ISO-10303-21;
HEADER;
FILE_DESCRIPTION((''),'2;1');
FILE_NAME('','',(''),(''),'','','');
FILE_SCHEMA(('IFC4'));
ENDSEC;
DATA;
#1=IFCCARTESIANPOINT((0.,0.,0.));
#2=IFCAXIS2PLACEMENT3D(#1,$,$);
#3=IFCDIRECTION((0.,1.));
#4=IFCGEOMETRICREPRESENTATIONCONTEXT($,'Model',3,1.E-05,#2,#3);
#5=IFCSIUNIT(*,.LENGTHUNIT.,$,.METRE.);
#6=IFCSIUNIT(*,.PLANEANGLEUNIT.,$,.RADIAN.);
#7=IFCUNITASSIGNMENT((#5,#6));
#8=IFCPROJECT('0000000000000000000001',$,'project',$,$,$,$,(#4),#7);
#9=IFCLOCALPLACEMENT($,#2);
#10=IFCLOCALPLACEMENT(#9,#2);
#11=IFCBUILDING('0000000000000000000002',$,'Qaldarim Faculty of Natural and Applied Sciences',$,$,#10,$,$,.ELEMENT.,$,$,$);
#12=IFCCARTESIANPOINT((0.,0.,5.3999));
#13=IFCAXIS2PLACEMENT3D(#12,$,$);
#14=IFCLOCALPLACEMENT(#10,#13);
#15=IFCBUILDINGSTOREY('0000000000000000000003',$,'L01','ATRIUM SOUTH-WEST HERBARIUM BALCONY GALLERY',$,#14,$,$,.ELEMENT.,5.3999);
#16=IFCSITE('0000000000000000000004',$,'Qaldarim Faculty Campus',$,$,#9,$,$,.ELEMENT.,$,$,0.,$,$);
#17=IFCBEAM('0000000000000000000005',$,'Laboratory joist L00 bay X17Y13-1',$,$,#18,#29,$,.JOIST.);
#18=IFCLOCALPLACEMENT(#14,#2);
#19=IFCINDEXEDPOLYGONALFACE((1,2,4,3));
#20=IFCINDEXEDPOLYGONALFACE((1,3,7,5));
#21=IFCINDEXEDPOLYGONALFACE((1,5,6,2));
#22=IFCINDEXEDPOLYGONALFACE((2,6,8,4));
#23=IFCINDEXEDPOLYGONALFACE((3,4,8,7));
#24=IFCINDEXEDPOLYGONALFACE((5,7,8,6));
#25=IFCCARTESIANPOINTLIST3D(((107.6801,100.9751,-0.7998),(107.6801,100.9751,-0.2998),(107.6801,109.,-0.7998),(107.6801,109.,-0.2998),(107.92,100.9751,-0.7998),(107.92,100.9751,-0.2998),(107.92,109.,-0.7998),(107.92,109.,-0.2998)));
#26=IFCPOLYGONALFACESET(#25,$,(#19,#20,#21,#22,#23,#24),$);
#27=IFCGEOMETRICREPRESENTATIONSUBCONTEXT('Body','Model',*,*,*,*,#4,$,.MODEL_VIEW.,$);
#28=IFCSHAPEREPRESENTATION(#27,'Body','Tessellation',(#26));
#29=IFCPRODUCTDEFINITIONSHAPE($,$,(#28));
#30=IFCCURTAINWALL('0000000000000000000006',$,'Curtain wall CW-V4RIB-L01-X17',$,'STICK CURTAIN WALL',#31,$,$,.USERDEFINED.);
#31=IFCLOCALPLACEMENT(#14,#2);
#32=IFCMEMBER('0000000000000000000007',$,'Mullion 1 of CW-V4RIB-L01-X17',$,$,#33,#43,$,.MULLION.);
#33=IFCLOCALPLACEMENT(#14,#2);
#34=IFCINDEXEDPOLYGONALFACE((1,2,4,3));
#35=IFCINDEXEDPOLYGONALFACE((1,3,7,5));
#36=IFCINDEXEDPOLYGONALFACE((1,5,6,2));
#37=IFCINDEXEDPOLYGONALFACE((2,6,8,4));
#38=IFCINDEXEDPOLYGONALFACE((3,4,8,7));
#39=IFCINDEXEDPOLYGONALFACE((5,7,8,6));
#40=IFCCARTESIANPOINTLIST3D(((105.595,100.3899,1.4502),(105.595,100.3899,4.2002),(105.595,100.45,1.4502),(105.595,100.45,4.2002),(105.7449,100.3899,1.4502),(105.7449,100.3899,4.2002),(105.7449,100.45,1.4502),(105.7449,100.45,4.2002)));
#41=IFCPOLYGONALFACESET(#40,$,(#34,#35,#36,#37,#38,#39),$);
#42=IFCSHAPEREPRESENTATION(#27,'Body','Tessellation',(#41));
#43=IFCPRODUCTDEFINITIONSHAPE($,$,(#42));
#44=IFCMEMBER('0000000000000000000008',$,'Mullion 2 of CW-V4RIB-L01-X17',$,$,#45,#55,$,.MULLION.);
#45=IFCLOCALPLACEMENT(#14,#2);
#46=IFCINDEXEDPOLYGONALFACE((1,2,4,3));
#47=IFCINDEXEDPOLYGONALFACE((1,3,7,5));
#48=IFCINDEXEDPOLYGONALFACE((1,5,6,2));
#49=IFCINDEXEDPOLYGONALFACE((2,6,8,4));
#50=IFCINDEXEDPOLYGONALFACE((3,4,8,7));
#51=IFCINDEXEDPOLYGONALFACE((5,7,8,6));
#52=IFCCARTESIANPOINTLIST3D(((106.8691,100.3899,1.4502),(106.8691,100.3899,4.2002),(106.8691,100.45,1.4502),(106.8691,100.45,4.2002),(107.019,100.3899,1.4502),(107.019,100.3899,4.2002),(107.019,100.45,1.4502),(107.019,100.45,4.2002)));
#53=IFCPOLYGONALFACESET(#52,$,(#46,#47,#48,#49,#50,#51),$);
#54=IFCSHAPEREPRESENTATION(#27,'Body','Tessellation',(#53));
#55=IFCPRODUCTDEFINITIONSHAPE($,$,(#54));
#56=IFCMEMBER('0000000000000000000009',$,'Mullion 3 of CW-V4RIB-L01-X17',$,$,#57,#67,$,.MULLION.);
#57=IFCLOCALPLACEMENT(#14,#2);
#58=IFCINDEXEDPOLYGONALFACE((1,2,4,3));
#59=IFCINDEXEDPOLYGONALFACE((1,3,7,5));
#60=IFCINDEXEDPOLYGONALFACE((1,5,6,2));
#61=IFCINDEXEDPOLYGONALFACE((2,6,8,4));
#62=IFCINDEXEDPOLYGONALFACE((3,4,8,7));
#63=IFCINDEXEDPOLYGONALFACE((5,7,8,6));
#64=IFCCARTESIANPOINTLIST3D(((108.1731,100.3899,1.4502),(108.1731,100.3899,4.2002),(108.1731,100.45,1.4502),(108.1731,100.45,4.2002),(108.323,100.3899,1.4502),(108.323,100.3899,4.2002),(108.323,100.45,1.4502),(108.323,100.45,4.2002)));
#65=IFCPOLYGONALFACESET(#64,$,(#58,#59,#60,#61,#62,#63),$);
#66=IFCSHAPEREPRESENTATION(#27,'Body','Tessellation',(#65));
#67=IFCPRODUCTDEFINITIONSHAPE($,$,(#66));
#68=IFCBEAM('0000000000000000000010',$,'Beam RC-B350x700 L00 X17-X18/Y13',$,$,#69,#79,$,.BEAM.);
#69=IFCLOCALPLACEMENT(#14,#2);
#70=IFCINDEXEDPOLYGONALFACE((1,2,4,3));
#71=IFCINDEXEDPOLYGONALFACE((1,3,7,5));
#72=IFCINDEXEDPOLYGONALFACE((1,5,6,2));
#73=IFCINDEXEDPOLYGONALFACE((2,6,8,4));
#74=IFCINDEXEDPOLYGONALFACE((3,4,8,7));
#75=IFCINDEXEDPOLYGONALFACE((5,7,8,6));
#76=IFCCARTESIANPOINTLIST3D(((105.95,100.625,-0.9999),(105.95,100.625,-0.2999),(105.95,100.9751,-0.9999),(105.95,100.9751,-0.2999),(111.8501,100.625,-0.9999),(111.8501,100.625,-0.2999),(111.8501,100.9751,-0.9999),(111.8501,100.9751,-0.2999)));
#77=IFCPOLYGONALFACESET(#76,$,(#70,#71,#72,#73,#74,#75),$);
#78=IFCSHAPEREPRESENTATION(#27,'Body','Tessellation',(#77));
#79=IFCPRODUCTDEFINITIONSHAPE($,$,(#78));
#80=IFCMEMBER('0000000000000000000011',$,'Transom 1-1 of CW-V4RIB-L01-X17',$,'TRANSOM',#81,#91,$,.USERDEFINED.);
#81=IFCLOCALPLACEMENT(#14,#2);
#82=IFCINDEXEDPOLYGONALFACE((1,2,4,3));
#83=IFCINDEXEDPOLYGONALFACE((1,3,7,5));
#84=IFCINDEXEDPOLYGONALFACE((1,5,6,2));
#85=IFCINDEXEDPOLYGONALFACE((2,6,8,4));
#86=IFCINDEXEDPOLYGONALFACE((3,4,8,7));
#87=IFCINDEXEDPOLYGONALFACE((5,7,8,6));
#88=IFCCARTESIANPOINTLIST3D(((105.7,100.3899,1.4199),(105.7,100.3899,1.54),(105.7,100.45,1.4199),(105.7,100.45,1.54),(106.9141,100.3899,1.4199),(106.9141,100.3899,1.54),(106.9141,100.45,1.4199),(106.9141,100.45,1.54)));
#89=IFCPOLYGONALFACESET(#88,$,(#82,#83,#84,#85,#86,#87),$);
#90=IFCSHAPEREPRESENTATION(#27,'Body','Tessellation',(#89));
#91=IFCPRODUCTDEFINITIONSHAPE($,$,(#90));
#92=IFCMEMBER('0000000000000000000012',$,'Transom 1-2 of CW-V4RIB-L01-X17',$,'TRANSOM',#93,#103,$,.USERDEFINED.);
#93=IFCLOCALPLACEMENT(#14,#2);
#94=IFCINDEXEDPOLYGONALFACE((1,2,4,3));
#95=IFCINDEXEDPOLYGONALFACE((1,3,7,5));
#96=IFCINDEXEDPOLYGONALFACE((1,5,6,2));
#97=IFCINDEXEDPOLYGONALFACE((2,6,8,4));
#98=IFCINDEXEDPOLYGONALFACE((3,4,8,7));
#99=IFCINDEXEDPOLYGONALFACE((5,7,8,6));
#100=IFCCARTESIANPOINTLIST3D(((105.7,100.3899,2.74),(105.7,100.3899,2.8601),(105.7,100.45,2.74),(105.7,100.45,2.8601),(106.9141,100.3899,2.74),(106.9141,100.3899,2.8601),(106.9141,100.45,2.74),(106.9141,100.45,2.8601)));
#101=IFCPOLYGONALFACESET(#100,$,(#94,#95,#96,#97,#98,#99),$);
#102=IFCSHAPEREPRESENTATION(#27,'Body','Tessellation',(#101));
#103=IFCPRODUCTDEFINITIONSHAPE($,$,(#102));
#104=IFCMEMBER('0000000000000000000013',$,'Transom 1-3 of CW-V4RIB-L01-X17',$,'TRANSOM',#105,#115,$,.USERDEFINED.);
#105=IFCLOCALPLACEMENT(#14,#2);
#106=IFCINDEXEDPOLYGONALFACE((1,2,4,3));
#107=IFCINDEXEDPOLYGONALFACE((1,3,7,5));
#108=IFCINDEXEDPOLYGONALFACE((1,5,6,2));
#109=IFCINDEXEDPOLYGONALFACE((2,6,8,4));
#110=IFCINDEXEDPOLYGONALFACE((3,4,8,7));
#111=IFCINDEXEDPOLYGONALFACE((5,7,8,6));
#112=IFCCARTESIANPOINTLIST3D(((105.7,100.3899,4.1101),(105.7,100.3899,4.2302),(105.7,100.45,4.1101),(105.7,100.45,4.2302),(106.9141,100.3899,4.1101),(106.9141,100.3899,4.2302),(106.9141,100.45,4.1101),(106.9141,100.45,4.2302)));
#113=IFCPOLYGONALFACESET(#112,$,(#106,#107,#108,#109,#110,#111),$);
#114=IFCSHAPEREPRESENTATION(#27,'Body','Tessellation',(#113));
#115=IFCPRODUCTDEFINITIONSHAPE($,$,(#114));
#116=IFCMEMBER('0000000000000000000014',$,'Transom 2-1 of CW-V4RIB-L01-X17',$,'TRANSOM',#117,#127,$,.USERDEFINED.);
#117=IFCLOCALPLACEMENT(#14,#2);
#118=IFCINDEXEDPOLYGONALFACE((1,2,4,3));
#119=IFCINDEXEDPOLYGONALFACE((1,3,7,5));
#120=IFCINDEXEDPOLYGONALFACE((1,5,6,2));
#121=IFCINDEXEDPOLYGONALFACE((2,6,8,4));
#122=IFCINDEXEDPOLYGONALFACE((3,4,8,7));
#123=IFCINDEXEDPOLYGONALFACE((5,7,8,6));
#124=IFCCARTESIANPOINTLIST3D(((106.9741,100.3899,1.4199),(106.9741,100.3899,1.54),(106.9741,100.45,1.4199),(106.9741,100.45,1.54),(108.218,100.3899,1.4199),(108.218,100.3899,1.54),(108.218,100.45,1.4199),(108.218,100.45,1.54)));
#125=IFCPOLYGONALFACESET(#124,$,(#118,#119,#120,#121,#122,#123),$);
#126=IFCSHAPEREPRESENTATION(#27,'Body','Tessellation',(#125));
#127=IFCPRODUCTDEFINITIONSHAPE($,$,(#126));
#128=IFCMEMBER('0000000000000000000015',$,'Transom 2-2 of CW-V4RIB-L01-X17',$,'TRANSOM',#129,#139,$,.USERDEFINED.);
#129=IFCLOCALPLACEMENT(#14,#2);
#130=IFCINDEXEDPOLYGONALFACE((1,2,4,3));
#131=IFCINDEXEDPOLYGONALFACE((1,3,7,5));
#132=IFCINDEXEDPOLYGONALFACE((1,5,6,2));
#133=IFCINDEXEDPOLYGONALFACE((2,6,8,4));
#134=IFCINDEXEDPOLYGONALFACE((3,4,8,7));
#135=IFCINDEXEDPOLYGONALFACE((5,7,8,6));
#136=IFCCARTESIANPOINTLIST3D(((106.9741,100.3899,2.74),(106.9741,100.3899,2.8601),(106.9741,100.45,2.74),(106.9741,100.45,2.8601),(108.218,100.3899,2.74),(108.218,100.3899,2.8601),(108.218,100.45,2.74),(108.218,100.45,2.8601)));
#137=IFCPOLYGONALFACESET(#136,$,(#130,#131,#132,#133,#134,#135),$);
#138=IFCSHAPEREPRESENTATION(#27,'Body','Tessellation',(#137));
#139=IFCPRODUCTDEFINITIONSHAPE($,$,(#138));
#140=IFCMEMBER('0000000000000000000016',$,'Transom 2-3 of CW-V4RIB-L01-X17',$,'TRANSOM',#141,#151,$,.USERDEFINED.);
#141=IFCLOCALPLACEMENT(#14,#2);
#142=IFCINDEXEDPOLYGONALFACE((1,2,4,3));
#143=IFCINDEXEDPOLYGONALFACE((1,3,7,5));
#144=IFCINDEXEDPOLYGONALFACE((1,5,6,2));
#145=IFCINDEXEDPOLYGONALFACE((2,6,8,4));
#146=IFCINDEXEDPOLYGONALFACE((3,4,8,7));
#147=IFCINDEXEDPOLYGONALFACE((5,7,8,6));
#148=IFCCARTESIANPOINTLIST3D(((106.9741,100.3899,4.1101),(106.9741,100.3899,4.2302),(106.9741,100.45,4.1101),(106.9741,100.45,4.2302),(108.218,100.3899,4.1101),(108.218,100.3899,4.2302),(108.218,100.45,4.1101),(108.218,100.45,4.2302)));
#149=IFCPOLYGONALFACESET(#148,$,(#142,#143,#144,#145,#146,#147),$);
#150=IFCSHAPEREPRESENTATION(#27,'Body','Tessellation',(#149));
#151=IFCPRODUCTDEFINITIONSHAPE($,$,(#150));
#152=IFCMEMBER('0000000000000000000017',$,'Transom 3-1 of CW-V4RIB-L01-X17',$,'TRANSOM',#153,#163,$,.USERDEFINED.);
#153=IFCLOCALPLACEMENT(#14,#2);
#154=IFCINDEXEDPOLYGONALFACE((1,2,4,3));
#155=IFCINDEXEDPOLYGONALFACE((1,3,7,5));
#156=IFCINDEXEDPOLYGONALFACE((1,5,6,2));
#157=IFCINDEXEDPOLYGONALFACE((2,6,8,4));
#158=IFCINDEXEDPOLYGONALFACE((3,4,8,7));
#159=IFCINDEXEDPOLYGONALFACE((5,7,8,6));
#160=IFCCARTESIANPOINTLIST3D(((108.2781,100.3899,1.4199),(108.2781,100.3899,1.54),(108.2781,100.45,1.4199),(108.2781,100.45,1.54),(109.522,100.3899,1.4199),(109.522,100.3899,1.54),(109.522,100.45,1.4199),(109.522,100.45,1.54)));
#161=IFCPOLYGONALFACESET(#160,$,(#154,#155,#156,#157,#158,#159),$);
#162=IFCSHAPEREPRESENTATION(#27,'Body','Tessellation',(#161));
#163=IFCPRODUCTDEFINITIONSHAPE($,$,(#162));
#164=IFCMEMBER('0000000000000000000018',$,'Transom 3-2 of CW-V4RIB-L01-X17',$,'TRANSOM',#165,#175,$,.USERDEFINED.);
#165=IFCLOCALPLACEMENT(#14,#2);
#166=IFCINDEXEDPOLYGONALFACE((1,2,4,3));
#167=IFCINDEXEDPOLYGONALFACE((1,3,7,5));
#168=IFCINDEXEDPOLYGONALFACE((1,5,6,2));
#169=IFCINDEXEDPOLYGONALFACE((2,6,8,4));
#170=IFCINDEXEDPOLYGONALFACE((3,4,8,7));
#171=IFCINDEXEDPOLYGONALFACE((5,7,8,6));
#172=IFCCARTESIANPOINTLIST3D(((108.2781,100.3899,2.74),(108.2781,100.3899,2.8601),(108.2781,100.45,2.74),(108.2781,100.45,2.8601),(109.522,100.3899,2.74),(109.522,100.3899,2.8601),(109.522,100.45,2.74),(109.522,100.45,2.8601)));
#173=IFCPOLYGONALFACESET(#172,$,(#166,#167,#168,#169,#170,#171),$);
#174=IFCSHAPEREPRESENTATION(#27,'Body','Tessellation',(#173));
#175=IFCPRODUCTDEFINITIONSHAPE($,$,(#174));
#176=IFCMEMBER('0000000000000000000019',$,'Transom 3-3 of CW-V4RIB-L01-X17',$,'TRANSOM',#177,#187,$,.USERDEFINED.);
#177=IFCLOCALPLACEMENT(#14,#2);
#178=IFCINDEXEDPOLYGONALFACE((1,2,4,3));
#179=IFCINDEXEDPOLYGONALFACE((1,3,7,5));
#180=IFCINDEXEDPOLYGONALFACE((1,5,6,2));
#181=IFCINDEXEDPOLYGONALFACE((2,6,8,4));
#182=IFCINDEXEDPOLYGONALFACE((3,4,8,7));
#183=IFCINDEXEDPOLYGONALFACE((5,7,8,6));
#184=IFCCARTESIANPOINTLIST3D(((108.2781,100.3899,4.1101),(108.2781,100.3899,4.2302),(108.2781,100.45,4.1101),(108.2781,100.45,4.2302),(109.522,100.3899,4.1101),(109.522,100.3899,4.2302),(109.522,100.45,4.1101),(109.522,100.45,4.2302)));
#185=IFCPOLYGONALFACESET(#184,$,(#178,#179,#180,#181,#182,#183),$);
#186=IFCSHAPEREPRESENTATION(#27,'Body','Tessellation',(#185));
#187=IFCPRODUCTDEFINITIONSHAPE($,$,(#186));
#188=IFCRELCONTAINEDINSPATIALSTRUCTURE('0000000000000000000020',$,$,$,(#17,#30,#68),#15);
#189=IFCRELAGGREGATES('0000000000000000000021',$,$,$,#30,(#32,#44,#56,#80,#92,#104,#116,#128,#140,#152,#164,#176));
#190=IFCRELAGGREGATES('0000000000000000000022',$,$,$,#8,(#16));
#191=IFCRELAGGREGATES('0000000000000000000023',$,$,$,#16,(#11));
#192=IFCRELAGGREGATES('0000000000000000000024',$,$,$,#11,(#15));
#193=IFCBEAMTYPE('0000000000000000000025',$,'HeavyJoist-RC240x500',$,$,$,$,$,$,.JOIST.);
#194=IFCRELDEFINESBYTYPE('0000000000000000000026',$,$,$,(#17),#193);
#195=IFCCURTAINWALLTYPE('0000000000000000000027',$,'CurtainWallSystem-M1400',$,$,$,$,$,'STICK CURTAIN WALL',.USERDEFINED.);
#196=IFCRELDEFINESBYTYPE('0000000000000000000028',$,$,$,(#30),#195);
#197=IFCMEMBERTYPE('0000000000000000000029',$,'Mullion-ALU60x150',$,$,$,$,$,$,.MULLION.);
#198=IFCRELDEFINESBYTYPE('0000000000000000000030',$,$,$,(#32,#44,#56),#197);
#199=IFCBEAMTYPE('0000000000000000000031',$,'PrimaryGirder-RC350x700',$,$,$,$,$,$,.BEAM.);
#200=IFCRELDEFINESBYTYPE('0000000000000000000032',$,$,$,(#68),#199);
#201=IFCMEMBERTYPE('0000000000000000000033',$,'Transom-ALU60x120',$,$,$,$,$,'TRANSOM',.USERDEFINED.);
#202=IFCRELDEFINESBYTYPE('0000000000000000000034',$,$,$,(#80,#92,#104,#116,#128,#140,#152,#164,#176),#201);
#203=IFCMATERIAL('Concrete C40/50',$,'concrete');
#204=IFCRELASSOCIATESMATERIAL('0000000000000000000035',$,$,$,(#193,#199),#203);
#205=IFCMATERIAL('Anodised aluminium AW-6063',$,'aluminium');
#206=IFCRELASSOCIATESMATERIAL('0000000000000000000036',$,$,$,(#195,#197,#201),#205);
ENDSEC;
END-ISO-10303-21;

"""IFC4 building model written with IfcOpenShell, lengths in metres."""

from ifc_helpers import new_model, si_unit, direction, frame, origin, origin_2d, place, context, subcontext, project, spatial, rectangle, extrude, material, material_profile, profile_set, type_object, element, aggregate, save


model = new_model("IFC4")

# Units and contexts
model_context = context("Model", 3, precision=1e-05, world=origin(), true_north=direction((0.0, 1.0)))
body_context = subcontext(model_context, "Body", "Model", "MODEL_VIEW")
ifc_project = project(units=[si_unit("LENGTHUNIT", "METRE"), si_unit("PLANEANGLEUNIT", "RADIAN")], contexts=[model_context])

# Site, building, storey
site_placement = place(None, origin())
site = spatial("IfcSite", under=ifc_project, at=site_placement, Name="Qaldarim Faculty Campus", CompositionType="ELEMENT", RefElevation=0.0)
building_placement = place(site_placement, origin())
building = spatial("IfcBuilding", under=site, at=building_placement, Name="Qaldarim Faculty of Natural and Applied Sciences", CompositionType="ELEMENT")
storey_placement = place(building_placement, frame((0.0, 0.0, 5.3999)))
storey = spatial("IfcBuildingStorey", under=building, at=storey_placement, Name="L01", Description="ATRIUM SOUTH-WEST HERBARIUM BALCONY GALLERY", CompositionType="ELEMENT", Elevation=5.3999)

# Beam
ifc_material_1 = material(Name="Concrete C40/50", Category="concrete")
ifc_material_profile_1 = material_profile(ifc_material_1, rectangle(XDim=0.24, YDim=0.5, at=origin_2d()), Name="RC-J240x500")
ifc_profile_set_1 = profile_set([ifc_material_profile_1], Name="Concrete C40/50")
beam_type_1 = type_object("IfcBeamType", Name="HeavyJoist-RC240x500", PredefinedType="JOIST", material=ifc_profile_set_1)
beam_1_placement = place(storey_placement, frame((107.8, 100.9751, -0.5498), z_axis=(0.0, 1.0, 0.0), x_axis=(-1.0, 0.0, 0.0)))
element("IfcBeam", 1, at=beam_1_placement, inside=storey, type_object=beam_type_1, Name="Laboratory joist L00 bay X17Y13-1", PredefinedType="JOIST", context=body_context, shape_type="SweptSolid", body=[
    extrude(rectangle(XDim=0.24, YDim=0.5, at=origin_2d()), origin(), (0.0, 0.0, 1.0), 8.0249),
])

# Curtain wall, members
ifc_material_2 = material(Name="Anodised aluminium AW-6063", Category="aluminium")
curtain_wall_type = type_object("IfcCurtainWallType", Name="CurtainWallSystem-M1400", ElementType="STICK CURTAIN WALL", PredefinedType="USERDEFINED", material=ifc_material_2)
curtain_wall_placement = place(storey_placement, origin())
curtain_wall = element("IfcCurtainWall", 2, at=curtain_wall_placement, inside=storey, type_object=curtain_wall_type, Name="Curtain wall CW-V4RIB-L01-X17", ObjectType="STICK CURTAIN WALL", PredefinedType="USERDEFINED")
ifc_material_profile_2 = material_profile(ifc_material_2, rectangle(XDim=0.0601, YDim=0.1499, at=origin_2d()), Name="ALU-M60x150")
ifc_profile_set_2 = profile_set([ifc_material_profile_2], Name="Anodised aluminium AW-6063")
member_type_1 = type_object("IfcMemberType", Name="Mullion-ALU60x150", PredefinedType="MULLION", material=ifc_profile_set_2)
member_1_placement = place(storey_placement, frame((105.6699, 100.4199, 1.4502), z_axis=(0.0, 0.0, 1.0), x_axis=(0.0, 1.0, 0.0)))
member_1 = element("IfcMember", 3, at=member_1_placement, type_object=member_type_1, Name="Mullion 1 of CW-V4RIB-L01-X17", PredefinedType="MULLION", context=body_context, shape_type="SweptSolid", body=[
    extrude(rectangle(XDim=0.0601, YDim=0.1499, at=origin_2d()), origin(), (0.0, 0.0, 1.0), 2.75),
])
member_2_placement = place(storey_placement, frame((106.9441, 100.4199, 1.4502), z_axis=(0.0, 0.0, 1.0), x_axis=(0.0, 1.0, 0.0)))
member_2 = element("IfcMember", 4, at=member_2_placement, type_object=member_type_1, Name="Mullion 2 of CW-V4RIB-L01-X17", PredefinedType="MULLION", context=body_context, shape_type="SweptSolid", body=[
    extrude(rectangle(XDim=0.0601, YDim=0.1499, at=origin_2d()), origin(), (0.0, 0.0, 1.0), 2.75),
])
member_3_placement = place(storey_placement, frame((108.248, 100.4199, 1.4502), z_axis=(0.0, 0.0, 1.0), x_axis=(0.0, 1.0, 0.0)))
member_3 = element("IfcMember", 5, at=member_3_placement, type_object=member_type_1, Name="Mullion 3 of CW-V4RIB-L01-X17", PredefinedType="MULLION", context=body_context, shape_type="SweptSolid", body=[
    extrude(rectangle(XDim=0.0601, YDim=0.1499, at=origin_2d()), origin(), (0.0, 0.0, 1.0), 2.75),
])

# Beam
ifc_material_profile_3 = material_profile(ifc_material_1, rectangle(XDim=0.3501, YDim=0.7, at=origin_2d()), Name="RC-B350x700")
ifc_profile_set_3 = profile_set([ifc_material_profile_3], Name="Concrete C40/50")
beam_type_2 = type_object("IfcBeamType", Name="PrimaryGirder-RC350x700", PredefinedType="BEAM", material=ifc_profile_set_3)
beam_2_placement = place(storey_placement, frame((105.95, 100.8, -0.6499), z_axis=(1.0, 0.0, 0.0), x_axis=(0.0, 1.0, 0.0)))
element("IfcBeam", 6, at=beam_2_placement, inside=storey, type_object=beam_type_2, Name="Beam RC-B350x700 L00 X17-X18/Y13", PredefinedType="BEAM", context=body_context, shape_type="SweptSolid", body=[
    extrude(rectangle(XDim=0.3501, YDim=0.7, at=origin_2d()), origin(), (0.0, 0.0, 1.0), 5.9001),
])

# Members
ifc_material_profile_4 = material_profile(ifc_material_2, rectangle(XDim=0.0601, YDim=0.1201, at=origin_2d()), Name="ALU-T60x120")
ifc_profile_set_4 = profile_set([ifc_material_profile_4], Name="Anodised aluminium AW-6063")
member_type_2 = type_object("IfcMemberType", Name="Transom-ALU60x120", ElementType="TRANSOM", PredefinedType="USERDEFINED", material=ifc_profile_set_4)
member_4_placement = place(storey_placement, frame((105.7, 100.4199, 1.48), z_axis=(1.0, 0.0, 0.0), x_axis=(0.0, 1.0, 0.0)))
member_4 = element("IfcMember", 7, at=member_4_placement, type_object=member_type_2, Name="Transom 1-1 of CW-V4RIB-L01-X17", ObjectType="TRANSOM", PredefinedType="USERDEFINED", context=body_context, shape_type="SweptSolid", body=[
    extrude(rectangle(XDim=0.0601, YDim=0.1201, at=origin_2d()), origin(), (0.0, 0.0, 1.0), 1.2141),
])
member_5_placement = place(storey_placement, frame((105.7, 100.4199, 2.8), z_axis=(1.0, 0.0, 0.0), x_axis=(0.0, 1.0, 0.0)))
member_5 = element("IfcMember", 8, at=member_5_placement, type_object=member_type_2, Name="Transom 1-2 of CW-V4RIB-L01-X17", ObjectType="TRANSOM", PredefinedType="USERDEFINED", context=body_context, shape_type="SweptSolid", body=[
    extrude(rectangle(XDim=0.0601, YDim=0.1201, at=origin_2d()), origin(), (0.0, 0.0, 1.0), 1.2141),
])
member_6_placement = place(storey_placement, frame((105.7, 100.4199, 4.1702), z_axis=(1.0, 0.0, 0.0), x_axis=(0.0, 1.0, 0.0)))
member_6 = element("IfcMember", 9, at=member_6_placement, type_object=member_type_2, Name="Transom 1-3 of CW-V4RIB-L01-X17", ObjectType="TRANSOM", PredefinedType="USERDEFINED", context=body_context, shape_type="SweptSolid", body=[
    extrude(rectangle(XDim=0.0601, YDim=0.1201, at=origin_2d()), origin(), (0.0, 0.0, 1.0), 1.2141),
])
member_7_placement = place(storey_placement, frame((106.9741, 100.4199, 1.48), z_axis=(1.0, 0.0, 0.0), x_axis=(0.0, 1.0, 0.0)))
member_7 = element("IfcMember", 10, at=member_7_placement, type_object=member_type_2, Name="Transom 2-1 of CW-V4RIB-L01-X17", ObjectType="TRANSOM", PredefinedType="USERDEFINED", context=body_context, shape_type="SweptSolid", body=[
    extrude(rectangle(XDim=0.0601, YDim=0.1201, at=origin_2d()), origin(), (0.0, 0.0, 1.0), 1.2439),
])
member_8_placement = place(storey_placement, frame((106.9741, 100.4199, 2.8), z_axis=(1.0, 0.0, 0.0), x_axis=(0.0, 1.0, 0.0)))
member_8 = element("IfcMember", 11, at=member_8_placement, type_object=member_type_2, Name="Transom 2-2 of CW-V4RIB-L01-X17", ObjectType="TRANSOM", PredefinedType="USERDEFINED", context=body_context, shape_type="SweptSolid", body=[
    extrude(rectangle(XDim=0.0601, YDim=0.1201, at=origin_2d()), origin(), (0.0, 0.0, 1.0), 1.2439),
])
member_9_placement = place(storey_placement, frame((106.9741, 100.4199, 4.1702), z_axis=(1.0, 0.0, 0.0), x_axis=(0.0, 1.0, 0.0)))
member_9 = element("IfcMember", 12, at=member_9_placement, type_object=member_type_2, Name="Transom 2-3 of CW-V4RIB-L01-X17", ObjectType="TRANSOM", PredefinedType="USERDEFINED", context=body_context, shape_type="SweptSolid", body=[
    extrude(rectangle(XDim=0.0601, YDim=0.1201, at=origin_2d()), origin(), (0.0, 0.0, 1.0), 1.2439),
])
member_10_placement = place(storey_placement, frame((108.2781, 100.4199, 1.48), z_axis=(1.0, 0.0, 0.0), x_axis=(0.0, 1.0, 0.0)))
member_10 = element("IfcMember", 13, at=member_10_placement, type_object=member_type_2, Name="Transom 3-1 of CW-V4RIB-L01-X17", ObjectType="TRANSOM", PredefinedType="USERDEFINED", context=body_context, shape_type="SweptSolid", body=[
    extrude(rectangle(XDim=0.0601, YDim=0.1201, at=origin_2d()), origin(), (0.0, 0.0, 1.0), 1.2439),
])
member_11_placement = place(storey_placement, frame((108.2781, 100.4199, 2.8), z_axis=(1.0, 0.0, 0.0), x_axis=(0.0, 1.0, 0.0)))
member_11 = element("IfcMember", 14, at=member_11_placement, type_object=member_type_2, Name="Transom 3-2 of CW-V4RIB-L01-X17", ObjectType="TRANSOM", PredefinedType="USERDEFINED", context=body_context, shape_type="SweptSolid", body=[
    extrude(rectangle(XDim=0.0601, YDim=0.1201, at=origin_2d()), origin(), (0.0, 0.0, 1.0), 1.2439),
])
member_12_placement = place(storey_placement, frame((108.2781, 100.4199, 4.1702), z_axis=(1.0, 0.0, 0.0), x_axis=(0.0, 1.0, 0.0)))
member_12 = element("IfcMember", 15, at=member_12_placement, type_object=member_type_2, Name="Transom 3-3 of CW-V4RIB-L01-X17", ObjectType="TRANSOM", PredefinedType="USERDEFINED", context=body_context, shape_type="SweptSolid", body=[
    extrude(rectangle(XDim=0.0601, YDim=0.1201, at=origin_2d()), origin(), (0.0, 0.0, 1.0), 1.2439),
])

aggregate(curtain_wall, [member_1, member_2, member_3, member_4, member_5, member_6, member_7, member_8, member_9, member_10, member_11, member_12])

save(model, "model.ifc")
